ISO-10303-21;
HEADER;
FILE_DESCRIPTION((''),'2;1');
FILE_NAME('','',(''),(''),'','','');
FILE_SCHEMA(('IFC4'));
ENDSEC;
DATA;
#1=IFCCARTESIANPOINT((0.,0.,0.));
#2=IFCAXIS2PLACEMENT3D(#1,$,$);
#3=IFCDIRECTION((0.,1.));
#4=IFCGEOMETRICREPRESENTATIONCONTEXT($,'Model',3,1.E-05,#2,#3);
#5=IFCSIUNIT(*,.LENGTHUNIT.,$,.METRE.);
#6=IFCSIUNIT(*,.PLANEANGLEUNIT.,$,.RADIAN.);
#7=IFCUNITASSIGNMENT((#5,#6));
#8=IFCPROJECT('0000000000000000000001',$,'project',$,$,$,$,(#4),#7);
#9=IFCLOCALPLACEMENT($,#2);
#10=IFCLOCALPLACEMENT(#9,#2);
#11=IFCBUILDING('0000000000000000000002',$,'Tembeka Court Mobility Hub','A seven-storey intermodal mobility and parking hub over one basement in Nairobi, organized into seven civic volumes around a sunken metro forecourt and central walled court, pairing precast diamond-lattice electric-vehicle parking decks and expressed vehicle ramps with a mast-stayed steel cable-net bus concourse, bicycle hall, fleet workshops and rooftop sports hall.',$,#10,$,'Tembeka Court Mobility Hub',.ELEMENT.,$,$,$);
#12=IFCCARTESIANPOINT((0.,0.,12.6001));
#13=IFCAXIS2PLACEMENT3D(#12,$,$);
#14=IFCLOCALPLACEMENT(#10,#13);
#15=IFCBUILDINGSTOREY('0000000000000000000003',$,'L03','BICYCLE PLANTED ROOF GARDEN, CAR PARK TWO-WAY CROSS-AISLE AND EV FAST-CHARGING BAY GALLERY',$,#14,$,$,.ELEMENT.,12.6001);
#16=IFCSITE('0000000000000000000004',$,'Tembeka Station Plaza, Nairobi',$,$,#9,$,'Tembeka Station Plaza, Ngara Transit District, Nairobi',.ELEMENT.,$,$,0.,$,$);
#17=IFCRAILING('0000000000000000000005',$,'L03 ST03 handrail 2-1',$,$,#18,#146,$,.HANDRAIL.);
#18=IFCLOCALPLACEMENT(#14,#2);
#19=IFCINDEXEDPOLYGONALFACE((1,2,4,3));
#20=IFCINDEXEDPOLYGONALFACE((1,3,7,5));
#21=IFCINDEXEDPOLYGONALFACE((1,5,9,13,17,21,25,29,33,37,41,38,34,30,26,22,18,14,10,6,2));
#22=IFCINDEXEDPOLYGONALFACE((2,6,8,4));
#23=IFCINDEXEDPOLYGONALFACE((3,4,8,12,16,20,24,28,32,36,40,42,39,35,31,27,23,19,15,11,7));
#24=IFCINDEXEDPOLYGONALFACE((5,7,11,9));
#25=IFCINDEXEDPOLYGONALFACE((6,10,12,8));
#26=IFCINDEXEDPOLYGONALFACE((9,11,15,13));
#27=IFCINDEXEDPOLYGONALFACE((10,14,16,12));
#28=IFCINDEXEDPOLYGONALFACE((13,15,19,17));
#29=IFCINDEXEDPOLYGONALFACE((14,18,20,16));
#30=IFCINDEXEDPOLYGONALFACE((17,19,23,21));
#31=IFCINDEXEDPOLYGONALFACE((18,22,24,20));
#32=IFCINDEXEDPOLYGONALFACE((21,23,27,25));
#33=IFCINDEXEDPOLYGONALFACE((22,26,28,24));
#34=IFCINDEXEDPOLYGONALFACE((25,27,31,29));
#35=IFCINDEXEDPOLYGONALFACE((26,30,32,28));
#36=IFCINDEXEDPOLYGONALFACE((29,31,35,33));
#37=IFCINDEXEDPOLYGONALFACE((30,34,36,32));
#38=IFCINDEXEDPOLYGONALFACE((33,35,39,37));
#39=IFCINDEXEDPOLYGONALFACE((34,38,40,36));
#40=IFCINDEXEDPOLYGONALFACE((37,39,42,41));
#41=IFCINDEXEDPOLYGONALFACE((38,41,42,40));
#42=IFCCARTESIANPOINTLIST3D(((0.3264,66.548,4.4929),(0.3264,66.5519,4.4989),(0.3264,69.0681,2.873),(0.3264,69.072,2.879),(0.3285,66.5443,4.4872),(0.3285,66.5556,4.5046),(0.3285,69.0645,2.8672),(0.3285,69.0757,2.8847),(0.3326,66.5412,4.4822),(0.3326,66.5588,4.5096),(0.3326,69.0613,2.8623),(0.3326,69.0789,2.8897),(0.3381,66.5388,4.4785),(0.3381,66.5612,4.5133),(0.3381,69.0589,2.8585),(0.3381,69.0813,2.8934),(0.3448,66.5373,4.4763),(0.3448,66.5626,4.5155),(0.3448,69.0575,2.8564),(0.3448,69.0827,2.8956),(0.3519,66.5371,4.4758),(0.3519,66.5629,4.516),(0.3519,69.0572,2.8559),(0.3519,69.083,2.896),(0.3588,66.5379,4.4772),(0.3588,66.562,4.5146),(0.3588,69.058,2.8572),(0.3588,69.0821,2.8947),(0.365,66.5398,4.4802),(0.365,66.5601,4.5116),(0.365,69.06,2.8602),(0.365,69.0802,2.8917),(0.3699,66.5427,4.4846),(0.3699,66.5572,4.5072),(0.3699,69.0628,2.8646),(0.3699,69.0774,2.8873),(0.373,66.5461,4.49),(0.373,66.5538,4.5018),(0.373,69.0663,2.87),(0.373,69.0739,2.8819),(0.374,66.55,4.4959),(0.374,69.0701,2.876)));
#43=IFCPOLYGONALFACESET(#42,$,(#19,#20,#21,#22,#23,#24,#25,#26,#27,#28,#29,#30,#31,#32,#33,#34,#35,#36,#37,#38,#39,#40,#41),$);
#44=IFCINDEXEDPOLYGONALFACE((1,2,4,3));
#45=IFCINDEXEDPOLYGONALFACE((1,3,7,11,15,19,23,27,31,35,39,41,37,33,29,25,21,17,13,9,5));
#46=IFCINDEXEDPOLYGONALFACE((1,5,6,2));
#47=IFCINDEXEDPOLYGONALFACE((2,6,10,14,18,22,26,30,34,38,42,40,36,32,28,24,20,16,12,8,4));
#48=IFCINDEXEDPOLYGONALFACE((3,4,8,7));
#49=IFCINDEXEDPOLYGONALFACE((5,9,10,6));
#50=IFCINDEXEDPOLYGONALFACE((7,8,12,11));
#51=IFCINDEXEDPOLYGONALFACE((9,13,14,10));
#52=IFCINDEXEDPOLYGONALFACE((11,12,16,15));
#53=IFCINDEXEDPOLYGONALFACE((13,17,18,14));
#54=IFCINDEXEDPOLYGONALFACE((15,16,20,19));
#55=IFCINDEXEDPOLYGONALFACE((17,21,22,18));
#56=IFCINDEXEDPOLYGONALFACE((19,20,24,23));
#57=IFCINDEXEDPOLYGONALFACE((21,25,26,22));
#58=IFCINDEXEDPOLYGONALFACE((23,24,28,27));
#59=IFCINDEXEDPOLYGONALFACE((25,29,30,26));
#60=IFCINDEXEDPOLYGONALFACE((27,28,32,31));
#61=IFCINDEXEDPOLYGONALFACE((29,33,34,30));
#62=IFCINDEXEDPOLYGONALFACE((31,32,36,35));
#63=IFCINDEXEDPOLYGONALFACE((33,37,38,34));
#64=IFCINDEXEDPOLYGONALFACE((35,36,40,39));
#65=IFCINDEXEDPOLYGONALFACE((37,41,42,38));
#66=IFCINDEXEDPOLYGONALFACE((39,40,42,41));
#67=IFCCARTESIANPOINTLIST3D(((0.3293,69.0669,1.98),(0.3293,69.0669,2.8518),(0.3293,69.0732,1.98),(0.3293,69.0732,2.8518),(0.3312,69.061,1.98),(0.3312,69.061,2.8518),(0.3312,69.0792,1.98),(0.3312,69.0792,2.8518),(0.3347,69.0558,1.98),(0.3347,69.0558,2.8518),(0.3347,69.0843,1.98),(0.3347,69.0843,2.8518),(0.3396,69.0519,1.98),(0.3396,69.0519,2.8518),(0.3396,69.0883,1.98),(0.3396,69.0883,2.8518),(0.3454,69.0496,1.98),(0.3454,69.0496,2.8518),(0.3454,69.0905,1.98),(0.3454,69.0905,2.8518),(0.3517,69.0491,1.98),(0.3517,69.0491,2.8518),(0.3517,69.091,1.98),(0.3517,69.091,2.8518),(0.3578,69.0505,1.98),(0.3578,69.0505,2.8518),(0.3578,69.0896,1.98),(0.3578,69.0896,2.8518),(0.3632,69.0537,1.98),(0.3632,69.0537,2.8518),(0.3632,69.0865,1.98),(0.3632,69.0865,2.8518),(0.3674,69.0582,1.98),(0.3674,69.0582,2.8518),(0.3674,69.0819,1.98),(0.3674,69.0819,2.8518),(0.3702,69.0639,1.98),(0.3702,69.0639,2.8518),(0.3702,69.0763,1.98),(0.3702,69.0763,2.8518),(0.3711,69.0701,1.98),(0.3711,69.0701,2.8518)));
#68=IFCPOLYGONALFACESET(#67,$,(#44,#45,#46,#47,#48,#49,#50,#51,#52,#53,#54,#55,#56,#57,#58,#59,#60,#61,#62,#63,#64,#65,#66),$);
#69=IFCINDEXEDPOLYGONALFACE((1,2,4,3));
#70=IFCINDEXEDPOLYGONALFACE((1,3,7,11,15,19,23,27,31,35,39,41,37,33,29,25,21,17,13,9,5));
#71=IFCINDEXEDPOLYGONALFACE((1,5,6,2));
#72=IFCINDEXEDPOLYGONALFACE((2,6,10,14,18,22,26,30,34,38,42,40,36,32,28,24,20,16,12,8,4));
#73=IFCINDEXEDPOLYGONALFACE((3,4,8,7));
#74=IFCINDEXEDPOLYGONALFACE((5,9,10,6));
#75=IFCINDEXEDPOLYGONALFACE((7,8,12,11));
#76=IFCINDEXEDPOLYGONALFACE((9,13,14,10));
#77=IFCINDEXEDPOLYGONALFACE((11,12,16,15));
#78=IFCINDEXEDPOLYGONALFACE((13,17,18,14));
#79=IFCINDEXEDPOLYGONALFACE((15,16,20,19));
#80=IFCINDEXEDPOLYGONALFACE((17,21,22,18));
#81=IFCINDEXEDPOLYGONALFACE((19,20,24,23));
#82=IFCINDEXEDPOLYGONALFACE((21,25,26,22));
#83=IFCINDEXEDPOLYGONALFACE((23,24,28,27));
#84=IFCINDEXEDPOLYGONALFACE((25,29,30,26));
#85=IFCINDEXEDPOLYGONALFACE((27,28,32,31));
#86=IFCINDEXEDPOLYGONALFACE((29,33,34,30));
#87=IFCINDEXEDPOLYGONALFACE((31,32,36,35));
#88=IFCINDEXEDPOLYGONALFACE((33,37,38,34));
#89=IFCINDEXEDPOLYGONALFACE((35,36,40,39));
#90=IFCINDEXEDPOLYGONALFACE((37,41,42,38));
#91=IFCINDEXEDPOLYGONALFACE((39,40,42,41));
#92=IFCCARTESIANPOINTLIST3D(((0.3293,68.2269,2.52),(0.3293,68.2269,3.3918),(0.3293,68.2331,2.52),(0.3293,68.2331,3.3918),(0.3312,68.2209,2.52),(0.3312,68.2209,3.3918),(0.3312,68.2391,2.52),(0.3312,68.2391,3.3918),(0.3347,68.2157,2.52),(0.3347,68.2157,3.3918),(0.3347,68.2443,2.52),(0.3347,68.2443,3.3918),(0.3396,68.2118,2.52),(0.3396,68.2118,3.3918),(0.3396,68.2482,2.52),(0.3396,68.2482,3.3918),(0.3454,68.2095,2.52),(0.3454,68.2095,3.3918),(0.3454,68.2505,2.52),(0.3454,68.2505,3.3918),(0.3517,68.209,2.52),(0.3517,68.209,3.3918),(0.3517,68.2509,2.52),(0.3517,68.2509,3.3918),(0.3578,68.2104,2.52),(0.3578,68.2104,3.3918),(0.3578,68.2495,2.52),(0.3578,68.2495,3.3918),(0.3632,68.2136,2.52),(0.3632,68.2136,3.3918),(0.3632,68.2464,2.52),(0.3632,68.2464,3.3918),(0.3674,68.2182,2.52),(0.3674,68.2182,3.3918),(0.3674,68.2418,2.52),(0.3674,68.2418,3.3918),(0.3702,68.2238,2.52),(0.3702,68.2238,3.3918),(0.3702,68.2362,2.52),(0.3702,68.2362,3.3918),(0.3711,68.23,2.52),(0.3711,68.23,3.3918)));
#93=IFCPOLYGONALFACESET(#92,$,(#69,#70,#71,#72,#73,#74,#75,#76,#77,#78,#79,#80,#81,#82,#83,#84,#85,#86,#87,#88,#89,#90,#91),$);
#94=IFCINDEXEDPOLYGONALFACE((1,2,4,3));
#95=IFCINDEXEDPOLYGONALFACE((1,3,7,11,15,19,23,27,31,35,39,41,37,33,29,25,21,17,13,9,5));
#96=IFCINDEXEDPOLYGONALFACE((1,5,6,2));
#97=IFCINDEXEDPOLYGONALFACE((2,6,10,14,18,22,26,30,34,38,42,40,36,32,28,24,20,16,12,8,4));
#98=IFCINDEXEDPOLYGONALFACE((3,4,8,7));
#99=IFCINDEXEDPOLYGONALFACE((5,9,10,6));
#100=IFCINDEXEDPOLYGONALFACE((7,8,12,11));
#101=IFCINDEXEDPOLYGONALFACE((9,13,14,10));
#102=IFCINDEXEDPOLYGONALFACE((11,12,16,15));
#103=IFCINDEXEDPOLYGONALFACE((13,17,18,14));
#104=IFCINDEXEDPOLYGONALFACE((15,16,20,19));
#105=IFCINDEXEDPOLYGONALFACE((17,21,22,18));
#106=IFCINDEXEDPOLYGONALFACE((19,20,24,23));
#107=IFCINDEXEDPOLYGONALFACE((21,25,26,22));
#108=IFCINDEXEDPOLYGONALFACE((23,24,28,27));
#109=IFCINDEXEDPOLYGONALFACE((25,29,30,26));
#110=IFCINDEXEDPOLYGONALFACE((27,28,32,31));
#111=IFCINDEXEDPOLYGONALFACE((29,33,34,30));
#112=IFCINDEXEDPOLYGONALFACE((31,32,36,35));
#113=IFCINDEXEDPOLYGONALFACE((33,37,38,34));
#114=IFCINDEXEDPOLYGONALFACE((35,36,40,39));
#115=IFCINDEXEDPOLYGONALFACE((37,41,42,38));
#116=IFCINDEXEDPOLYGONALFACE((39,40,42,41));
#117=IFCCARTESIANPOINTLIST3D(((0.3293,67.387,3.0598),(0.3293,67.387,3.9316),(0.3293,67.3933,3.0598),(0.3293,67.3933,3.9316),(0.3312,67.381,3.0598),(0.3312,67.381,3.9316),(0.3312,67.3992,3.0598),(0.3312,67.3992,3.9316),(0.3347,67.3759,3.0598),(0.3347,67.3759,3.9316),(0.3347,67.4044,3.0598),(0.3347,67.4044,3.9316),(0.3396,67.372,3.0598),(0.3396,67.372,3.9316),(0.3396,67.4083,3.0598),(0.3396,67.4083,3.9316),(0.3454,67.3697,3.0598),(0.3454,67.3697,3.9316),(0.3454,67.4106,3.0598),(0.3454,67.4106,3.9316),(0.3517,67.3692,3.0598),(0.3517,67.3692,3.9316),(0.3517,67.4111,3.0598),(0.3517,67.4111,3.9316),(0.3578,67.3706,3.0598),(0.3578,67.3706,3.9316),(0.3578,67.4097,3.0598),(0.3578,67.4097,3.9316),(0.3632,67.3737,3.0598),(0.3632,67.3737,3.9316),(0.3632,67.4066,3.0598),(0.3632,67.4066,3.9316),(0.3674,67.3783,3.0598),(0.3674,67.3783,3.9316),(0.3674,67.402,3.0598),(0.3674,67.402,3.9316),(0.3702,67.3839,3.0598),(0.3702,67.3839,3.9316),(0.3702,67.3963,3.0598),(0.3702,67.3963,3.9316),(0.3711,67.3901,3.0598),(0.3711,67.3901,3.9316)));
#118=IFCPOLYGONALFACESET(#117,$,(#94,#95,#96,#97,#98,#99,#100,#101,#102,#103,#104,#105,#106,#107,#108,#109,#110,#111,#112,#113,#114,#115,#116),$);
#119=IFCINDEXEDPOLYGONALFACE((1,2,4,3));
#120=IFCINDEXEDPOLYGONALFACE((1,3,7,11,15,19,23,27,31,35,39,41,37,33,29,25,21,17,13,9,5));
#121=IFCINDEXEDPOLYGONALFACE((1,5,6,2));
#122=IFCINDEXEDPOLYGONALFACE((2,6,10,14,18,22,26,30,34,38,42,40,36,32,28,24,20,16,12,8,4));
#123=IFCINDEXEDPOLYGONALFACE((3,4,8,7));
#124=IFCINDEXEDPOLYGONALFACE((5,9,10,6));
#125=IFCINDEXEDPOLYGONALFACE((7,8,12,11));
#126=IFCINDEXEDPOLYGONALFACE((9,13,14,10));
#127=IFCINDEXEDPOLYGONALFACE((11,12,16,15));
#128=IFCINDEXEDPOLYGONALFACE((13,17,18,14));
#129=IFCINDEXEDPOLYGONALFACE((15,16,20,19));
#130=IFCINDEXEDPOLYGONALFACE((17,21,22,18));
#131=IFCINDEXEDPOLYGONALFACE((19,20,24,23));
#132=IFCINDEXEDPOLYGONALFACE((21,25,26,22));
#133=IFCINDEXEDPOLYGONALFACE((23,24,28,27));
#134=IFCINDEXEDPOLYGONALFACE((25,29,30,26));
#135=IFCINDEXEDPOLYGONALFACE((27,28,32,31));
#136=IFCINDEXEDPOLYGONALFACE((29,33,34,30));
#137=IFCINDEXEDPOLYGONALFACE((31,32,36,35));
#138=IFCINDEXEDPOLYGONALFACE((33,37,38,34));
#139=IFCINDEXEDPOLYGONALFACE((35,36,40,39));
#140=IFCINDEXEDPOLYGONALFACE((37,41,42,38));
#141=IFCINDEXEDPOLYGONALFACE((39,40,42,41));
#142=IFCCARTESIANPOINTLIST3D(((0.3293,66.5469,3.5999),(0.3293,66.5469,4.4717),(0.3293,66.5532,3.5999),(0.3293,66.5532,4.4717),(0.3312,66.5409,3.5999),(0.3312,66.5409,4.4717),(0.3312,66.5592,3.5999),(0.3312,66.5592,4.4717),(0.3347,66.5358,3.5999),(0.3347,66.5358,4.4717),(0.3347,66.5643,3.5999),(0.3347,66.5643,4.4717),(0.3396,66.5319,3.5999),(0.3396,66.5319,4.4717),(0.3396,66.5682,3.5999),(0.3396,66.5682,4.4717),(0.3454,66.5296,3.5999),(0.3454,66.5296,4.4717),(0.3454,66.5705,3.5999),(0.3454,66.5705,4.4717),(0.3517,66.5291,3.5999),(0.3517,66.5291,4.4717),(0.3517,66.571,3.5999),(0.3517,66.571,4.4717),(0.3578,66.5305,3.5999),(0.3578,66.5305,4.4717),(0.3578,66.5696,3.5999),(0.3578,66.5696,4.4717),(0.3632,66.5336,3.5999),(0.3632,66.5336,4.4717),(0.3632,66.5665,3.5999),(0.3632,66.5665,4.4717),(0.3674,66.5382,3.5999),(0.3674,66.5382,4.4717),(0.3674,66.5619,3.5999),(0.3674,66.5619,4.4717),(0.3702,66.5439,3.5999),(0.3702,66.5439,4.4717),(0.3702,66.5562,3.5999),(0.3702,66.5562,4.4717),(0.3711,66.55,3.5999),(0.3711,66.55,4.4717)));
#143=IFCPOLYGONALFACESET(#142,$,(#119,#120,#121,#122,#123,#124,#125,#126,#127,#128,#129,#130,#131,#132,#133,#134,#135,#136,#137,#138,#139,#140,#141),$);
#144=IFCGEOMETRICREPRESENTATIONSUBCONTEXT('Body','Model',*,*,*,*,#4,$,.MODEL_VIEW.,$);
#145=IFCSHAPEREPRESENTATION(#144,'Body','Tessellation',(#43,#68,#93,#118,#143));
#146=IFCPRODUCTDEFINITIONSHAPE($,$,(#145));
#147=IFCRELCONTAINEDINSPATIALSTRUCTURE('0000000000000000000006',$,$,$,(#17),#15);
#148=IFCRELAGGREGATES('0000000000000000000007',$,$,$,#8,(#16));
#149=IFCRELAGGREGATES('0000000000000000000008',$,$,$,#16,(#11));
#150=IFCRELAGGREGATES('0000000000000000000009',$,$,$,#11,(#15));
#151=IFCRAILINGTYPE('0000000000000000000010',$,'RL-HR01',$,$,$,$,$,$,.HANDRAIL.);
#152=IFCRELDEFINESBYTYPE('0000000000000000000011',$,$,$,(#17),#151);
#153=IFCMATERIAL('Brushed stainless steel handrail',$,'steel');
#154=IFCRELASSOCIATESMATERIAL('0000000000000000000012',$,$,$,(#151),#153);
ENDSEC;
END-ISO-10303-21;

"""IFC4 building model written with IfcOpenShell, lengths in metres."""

from ifc_helpers import new_model, si_unit, direction, frame, origin, origin_2d, place, context, subcontext, project, spatial, circle, extrude, material, type_object, element, save


model = new_model("IFC4")

# Units and contexts
model_context = context("Model", 3, precision=1e-05, world=origin(), true_north=direction((0.0, 1.0)))
body_context = subcontext(model_context, "Body", "Model", "MODEL_VIEW")
ifc_project = project(units=[si_unit("LENGTHUNIT", "METRE"), si_unit("PLANEANGLEUNIT", "RADIAN")], contexts=[model_context])

# Site, building, storey
site_placement = place(None, origin())
site = spatial("IfcSite", under=ifc_project, at=site_placement, Name="Tembeka Station Plaza, Nairobi", LongName="Tembeka Station Plaza, Ngara Transit District, Nairobi", CompositionType="ELEMENT", RefElevation=0.0)
building_placement = place(site_placement, origin())
building = spatial("IfcBuilding", under=site, at=building_placement, Name="Tembeka Court Mobility Hub", Description="A seven-storey intermodal mobility and parking hub over one basement in Nairobi, organized into seven civic volumes around a sunken metro forecourt and central walled court, pairing precast diamond-lattice electric-vehicle parking decks and expressed vehicle ramps with a mast-stayed steel cable-net bus concourse, bicycle hall, fleet workshops and rooftop sports hall.", LongName="Tembeka Court Mobility Hub", CompositionType="ELEMENT")
storey_placement = place(building_placement, frame((0.0, 0.0, 12.6001)))
storey = spatial("IfcBuildingStorey", under=building, at=storey_placement, Name="L03", Description="BICYCLE PLANTED ROOF GARDEN, CAR PARK TWO-WAY CROSS-AISLE AND EV FAST-CHARGING BAY GALLERY", CompositionType="ELEMENT", Elevation=12.6001)

# Railing
ifc_material_1 = material(Name="Brushed stainless steel handrail", Category="steel")
railing_type_1 = type_object("IfcRailingType", Name="RL-HR01", PredefinedType="HANDRAIL", material=ifc_material_1)
railing_1_placement = place(storey_placement, frame((0.3501, 69.0701, 1.98)))
element("IfcRailing", 1, at=railing_1_placement, inside=storey, type_object=railing_type_1, Name="L03 ST03 handrail 2-1", PredefinedType="HANDRAIL", context=body_context, shape_type="SweptSolid", body=[
    extrude(circle(Radius=0.0239, at=origin_2d()), frame((0.0, 0.0, 0.896), z_axis=(0.0, -0.8412, 0.540725), x_axis=(1.0, 0.0, 0.0)), (0.0, 0.0, 1.0), 2.9958),
    extrude(circle(Radius=0.021, at=origin_2d()), origin(), (0.0, 0.0, 1.0), 0.8718),
    extrude(circle(Radius=0.021, at=origin_2d()), frame((0.0, -0.8401, 0.54)), (0.0, 0.0, 1.0), 0.8718),
    extrude(circle(Radius=0.021, at=origin_2d()), frame((0.0, -1.6799, 1.0798)), (0.0, 0.0, 1.0), 0.8718),
    extrude(circle(Radius=0.021, at=origin_2d()), frame((0.0, -2.52, 1.6199)), (0.0, 0.0, 1.0), 0.8718),
])

save(model, "model.ifc")
